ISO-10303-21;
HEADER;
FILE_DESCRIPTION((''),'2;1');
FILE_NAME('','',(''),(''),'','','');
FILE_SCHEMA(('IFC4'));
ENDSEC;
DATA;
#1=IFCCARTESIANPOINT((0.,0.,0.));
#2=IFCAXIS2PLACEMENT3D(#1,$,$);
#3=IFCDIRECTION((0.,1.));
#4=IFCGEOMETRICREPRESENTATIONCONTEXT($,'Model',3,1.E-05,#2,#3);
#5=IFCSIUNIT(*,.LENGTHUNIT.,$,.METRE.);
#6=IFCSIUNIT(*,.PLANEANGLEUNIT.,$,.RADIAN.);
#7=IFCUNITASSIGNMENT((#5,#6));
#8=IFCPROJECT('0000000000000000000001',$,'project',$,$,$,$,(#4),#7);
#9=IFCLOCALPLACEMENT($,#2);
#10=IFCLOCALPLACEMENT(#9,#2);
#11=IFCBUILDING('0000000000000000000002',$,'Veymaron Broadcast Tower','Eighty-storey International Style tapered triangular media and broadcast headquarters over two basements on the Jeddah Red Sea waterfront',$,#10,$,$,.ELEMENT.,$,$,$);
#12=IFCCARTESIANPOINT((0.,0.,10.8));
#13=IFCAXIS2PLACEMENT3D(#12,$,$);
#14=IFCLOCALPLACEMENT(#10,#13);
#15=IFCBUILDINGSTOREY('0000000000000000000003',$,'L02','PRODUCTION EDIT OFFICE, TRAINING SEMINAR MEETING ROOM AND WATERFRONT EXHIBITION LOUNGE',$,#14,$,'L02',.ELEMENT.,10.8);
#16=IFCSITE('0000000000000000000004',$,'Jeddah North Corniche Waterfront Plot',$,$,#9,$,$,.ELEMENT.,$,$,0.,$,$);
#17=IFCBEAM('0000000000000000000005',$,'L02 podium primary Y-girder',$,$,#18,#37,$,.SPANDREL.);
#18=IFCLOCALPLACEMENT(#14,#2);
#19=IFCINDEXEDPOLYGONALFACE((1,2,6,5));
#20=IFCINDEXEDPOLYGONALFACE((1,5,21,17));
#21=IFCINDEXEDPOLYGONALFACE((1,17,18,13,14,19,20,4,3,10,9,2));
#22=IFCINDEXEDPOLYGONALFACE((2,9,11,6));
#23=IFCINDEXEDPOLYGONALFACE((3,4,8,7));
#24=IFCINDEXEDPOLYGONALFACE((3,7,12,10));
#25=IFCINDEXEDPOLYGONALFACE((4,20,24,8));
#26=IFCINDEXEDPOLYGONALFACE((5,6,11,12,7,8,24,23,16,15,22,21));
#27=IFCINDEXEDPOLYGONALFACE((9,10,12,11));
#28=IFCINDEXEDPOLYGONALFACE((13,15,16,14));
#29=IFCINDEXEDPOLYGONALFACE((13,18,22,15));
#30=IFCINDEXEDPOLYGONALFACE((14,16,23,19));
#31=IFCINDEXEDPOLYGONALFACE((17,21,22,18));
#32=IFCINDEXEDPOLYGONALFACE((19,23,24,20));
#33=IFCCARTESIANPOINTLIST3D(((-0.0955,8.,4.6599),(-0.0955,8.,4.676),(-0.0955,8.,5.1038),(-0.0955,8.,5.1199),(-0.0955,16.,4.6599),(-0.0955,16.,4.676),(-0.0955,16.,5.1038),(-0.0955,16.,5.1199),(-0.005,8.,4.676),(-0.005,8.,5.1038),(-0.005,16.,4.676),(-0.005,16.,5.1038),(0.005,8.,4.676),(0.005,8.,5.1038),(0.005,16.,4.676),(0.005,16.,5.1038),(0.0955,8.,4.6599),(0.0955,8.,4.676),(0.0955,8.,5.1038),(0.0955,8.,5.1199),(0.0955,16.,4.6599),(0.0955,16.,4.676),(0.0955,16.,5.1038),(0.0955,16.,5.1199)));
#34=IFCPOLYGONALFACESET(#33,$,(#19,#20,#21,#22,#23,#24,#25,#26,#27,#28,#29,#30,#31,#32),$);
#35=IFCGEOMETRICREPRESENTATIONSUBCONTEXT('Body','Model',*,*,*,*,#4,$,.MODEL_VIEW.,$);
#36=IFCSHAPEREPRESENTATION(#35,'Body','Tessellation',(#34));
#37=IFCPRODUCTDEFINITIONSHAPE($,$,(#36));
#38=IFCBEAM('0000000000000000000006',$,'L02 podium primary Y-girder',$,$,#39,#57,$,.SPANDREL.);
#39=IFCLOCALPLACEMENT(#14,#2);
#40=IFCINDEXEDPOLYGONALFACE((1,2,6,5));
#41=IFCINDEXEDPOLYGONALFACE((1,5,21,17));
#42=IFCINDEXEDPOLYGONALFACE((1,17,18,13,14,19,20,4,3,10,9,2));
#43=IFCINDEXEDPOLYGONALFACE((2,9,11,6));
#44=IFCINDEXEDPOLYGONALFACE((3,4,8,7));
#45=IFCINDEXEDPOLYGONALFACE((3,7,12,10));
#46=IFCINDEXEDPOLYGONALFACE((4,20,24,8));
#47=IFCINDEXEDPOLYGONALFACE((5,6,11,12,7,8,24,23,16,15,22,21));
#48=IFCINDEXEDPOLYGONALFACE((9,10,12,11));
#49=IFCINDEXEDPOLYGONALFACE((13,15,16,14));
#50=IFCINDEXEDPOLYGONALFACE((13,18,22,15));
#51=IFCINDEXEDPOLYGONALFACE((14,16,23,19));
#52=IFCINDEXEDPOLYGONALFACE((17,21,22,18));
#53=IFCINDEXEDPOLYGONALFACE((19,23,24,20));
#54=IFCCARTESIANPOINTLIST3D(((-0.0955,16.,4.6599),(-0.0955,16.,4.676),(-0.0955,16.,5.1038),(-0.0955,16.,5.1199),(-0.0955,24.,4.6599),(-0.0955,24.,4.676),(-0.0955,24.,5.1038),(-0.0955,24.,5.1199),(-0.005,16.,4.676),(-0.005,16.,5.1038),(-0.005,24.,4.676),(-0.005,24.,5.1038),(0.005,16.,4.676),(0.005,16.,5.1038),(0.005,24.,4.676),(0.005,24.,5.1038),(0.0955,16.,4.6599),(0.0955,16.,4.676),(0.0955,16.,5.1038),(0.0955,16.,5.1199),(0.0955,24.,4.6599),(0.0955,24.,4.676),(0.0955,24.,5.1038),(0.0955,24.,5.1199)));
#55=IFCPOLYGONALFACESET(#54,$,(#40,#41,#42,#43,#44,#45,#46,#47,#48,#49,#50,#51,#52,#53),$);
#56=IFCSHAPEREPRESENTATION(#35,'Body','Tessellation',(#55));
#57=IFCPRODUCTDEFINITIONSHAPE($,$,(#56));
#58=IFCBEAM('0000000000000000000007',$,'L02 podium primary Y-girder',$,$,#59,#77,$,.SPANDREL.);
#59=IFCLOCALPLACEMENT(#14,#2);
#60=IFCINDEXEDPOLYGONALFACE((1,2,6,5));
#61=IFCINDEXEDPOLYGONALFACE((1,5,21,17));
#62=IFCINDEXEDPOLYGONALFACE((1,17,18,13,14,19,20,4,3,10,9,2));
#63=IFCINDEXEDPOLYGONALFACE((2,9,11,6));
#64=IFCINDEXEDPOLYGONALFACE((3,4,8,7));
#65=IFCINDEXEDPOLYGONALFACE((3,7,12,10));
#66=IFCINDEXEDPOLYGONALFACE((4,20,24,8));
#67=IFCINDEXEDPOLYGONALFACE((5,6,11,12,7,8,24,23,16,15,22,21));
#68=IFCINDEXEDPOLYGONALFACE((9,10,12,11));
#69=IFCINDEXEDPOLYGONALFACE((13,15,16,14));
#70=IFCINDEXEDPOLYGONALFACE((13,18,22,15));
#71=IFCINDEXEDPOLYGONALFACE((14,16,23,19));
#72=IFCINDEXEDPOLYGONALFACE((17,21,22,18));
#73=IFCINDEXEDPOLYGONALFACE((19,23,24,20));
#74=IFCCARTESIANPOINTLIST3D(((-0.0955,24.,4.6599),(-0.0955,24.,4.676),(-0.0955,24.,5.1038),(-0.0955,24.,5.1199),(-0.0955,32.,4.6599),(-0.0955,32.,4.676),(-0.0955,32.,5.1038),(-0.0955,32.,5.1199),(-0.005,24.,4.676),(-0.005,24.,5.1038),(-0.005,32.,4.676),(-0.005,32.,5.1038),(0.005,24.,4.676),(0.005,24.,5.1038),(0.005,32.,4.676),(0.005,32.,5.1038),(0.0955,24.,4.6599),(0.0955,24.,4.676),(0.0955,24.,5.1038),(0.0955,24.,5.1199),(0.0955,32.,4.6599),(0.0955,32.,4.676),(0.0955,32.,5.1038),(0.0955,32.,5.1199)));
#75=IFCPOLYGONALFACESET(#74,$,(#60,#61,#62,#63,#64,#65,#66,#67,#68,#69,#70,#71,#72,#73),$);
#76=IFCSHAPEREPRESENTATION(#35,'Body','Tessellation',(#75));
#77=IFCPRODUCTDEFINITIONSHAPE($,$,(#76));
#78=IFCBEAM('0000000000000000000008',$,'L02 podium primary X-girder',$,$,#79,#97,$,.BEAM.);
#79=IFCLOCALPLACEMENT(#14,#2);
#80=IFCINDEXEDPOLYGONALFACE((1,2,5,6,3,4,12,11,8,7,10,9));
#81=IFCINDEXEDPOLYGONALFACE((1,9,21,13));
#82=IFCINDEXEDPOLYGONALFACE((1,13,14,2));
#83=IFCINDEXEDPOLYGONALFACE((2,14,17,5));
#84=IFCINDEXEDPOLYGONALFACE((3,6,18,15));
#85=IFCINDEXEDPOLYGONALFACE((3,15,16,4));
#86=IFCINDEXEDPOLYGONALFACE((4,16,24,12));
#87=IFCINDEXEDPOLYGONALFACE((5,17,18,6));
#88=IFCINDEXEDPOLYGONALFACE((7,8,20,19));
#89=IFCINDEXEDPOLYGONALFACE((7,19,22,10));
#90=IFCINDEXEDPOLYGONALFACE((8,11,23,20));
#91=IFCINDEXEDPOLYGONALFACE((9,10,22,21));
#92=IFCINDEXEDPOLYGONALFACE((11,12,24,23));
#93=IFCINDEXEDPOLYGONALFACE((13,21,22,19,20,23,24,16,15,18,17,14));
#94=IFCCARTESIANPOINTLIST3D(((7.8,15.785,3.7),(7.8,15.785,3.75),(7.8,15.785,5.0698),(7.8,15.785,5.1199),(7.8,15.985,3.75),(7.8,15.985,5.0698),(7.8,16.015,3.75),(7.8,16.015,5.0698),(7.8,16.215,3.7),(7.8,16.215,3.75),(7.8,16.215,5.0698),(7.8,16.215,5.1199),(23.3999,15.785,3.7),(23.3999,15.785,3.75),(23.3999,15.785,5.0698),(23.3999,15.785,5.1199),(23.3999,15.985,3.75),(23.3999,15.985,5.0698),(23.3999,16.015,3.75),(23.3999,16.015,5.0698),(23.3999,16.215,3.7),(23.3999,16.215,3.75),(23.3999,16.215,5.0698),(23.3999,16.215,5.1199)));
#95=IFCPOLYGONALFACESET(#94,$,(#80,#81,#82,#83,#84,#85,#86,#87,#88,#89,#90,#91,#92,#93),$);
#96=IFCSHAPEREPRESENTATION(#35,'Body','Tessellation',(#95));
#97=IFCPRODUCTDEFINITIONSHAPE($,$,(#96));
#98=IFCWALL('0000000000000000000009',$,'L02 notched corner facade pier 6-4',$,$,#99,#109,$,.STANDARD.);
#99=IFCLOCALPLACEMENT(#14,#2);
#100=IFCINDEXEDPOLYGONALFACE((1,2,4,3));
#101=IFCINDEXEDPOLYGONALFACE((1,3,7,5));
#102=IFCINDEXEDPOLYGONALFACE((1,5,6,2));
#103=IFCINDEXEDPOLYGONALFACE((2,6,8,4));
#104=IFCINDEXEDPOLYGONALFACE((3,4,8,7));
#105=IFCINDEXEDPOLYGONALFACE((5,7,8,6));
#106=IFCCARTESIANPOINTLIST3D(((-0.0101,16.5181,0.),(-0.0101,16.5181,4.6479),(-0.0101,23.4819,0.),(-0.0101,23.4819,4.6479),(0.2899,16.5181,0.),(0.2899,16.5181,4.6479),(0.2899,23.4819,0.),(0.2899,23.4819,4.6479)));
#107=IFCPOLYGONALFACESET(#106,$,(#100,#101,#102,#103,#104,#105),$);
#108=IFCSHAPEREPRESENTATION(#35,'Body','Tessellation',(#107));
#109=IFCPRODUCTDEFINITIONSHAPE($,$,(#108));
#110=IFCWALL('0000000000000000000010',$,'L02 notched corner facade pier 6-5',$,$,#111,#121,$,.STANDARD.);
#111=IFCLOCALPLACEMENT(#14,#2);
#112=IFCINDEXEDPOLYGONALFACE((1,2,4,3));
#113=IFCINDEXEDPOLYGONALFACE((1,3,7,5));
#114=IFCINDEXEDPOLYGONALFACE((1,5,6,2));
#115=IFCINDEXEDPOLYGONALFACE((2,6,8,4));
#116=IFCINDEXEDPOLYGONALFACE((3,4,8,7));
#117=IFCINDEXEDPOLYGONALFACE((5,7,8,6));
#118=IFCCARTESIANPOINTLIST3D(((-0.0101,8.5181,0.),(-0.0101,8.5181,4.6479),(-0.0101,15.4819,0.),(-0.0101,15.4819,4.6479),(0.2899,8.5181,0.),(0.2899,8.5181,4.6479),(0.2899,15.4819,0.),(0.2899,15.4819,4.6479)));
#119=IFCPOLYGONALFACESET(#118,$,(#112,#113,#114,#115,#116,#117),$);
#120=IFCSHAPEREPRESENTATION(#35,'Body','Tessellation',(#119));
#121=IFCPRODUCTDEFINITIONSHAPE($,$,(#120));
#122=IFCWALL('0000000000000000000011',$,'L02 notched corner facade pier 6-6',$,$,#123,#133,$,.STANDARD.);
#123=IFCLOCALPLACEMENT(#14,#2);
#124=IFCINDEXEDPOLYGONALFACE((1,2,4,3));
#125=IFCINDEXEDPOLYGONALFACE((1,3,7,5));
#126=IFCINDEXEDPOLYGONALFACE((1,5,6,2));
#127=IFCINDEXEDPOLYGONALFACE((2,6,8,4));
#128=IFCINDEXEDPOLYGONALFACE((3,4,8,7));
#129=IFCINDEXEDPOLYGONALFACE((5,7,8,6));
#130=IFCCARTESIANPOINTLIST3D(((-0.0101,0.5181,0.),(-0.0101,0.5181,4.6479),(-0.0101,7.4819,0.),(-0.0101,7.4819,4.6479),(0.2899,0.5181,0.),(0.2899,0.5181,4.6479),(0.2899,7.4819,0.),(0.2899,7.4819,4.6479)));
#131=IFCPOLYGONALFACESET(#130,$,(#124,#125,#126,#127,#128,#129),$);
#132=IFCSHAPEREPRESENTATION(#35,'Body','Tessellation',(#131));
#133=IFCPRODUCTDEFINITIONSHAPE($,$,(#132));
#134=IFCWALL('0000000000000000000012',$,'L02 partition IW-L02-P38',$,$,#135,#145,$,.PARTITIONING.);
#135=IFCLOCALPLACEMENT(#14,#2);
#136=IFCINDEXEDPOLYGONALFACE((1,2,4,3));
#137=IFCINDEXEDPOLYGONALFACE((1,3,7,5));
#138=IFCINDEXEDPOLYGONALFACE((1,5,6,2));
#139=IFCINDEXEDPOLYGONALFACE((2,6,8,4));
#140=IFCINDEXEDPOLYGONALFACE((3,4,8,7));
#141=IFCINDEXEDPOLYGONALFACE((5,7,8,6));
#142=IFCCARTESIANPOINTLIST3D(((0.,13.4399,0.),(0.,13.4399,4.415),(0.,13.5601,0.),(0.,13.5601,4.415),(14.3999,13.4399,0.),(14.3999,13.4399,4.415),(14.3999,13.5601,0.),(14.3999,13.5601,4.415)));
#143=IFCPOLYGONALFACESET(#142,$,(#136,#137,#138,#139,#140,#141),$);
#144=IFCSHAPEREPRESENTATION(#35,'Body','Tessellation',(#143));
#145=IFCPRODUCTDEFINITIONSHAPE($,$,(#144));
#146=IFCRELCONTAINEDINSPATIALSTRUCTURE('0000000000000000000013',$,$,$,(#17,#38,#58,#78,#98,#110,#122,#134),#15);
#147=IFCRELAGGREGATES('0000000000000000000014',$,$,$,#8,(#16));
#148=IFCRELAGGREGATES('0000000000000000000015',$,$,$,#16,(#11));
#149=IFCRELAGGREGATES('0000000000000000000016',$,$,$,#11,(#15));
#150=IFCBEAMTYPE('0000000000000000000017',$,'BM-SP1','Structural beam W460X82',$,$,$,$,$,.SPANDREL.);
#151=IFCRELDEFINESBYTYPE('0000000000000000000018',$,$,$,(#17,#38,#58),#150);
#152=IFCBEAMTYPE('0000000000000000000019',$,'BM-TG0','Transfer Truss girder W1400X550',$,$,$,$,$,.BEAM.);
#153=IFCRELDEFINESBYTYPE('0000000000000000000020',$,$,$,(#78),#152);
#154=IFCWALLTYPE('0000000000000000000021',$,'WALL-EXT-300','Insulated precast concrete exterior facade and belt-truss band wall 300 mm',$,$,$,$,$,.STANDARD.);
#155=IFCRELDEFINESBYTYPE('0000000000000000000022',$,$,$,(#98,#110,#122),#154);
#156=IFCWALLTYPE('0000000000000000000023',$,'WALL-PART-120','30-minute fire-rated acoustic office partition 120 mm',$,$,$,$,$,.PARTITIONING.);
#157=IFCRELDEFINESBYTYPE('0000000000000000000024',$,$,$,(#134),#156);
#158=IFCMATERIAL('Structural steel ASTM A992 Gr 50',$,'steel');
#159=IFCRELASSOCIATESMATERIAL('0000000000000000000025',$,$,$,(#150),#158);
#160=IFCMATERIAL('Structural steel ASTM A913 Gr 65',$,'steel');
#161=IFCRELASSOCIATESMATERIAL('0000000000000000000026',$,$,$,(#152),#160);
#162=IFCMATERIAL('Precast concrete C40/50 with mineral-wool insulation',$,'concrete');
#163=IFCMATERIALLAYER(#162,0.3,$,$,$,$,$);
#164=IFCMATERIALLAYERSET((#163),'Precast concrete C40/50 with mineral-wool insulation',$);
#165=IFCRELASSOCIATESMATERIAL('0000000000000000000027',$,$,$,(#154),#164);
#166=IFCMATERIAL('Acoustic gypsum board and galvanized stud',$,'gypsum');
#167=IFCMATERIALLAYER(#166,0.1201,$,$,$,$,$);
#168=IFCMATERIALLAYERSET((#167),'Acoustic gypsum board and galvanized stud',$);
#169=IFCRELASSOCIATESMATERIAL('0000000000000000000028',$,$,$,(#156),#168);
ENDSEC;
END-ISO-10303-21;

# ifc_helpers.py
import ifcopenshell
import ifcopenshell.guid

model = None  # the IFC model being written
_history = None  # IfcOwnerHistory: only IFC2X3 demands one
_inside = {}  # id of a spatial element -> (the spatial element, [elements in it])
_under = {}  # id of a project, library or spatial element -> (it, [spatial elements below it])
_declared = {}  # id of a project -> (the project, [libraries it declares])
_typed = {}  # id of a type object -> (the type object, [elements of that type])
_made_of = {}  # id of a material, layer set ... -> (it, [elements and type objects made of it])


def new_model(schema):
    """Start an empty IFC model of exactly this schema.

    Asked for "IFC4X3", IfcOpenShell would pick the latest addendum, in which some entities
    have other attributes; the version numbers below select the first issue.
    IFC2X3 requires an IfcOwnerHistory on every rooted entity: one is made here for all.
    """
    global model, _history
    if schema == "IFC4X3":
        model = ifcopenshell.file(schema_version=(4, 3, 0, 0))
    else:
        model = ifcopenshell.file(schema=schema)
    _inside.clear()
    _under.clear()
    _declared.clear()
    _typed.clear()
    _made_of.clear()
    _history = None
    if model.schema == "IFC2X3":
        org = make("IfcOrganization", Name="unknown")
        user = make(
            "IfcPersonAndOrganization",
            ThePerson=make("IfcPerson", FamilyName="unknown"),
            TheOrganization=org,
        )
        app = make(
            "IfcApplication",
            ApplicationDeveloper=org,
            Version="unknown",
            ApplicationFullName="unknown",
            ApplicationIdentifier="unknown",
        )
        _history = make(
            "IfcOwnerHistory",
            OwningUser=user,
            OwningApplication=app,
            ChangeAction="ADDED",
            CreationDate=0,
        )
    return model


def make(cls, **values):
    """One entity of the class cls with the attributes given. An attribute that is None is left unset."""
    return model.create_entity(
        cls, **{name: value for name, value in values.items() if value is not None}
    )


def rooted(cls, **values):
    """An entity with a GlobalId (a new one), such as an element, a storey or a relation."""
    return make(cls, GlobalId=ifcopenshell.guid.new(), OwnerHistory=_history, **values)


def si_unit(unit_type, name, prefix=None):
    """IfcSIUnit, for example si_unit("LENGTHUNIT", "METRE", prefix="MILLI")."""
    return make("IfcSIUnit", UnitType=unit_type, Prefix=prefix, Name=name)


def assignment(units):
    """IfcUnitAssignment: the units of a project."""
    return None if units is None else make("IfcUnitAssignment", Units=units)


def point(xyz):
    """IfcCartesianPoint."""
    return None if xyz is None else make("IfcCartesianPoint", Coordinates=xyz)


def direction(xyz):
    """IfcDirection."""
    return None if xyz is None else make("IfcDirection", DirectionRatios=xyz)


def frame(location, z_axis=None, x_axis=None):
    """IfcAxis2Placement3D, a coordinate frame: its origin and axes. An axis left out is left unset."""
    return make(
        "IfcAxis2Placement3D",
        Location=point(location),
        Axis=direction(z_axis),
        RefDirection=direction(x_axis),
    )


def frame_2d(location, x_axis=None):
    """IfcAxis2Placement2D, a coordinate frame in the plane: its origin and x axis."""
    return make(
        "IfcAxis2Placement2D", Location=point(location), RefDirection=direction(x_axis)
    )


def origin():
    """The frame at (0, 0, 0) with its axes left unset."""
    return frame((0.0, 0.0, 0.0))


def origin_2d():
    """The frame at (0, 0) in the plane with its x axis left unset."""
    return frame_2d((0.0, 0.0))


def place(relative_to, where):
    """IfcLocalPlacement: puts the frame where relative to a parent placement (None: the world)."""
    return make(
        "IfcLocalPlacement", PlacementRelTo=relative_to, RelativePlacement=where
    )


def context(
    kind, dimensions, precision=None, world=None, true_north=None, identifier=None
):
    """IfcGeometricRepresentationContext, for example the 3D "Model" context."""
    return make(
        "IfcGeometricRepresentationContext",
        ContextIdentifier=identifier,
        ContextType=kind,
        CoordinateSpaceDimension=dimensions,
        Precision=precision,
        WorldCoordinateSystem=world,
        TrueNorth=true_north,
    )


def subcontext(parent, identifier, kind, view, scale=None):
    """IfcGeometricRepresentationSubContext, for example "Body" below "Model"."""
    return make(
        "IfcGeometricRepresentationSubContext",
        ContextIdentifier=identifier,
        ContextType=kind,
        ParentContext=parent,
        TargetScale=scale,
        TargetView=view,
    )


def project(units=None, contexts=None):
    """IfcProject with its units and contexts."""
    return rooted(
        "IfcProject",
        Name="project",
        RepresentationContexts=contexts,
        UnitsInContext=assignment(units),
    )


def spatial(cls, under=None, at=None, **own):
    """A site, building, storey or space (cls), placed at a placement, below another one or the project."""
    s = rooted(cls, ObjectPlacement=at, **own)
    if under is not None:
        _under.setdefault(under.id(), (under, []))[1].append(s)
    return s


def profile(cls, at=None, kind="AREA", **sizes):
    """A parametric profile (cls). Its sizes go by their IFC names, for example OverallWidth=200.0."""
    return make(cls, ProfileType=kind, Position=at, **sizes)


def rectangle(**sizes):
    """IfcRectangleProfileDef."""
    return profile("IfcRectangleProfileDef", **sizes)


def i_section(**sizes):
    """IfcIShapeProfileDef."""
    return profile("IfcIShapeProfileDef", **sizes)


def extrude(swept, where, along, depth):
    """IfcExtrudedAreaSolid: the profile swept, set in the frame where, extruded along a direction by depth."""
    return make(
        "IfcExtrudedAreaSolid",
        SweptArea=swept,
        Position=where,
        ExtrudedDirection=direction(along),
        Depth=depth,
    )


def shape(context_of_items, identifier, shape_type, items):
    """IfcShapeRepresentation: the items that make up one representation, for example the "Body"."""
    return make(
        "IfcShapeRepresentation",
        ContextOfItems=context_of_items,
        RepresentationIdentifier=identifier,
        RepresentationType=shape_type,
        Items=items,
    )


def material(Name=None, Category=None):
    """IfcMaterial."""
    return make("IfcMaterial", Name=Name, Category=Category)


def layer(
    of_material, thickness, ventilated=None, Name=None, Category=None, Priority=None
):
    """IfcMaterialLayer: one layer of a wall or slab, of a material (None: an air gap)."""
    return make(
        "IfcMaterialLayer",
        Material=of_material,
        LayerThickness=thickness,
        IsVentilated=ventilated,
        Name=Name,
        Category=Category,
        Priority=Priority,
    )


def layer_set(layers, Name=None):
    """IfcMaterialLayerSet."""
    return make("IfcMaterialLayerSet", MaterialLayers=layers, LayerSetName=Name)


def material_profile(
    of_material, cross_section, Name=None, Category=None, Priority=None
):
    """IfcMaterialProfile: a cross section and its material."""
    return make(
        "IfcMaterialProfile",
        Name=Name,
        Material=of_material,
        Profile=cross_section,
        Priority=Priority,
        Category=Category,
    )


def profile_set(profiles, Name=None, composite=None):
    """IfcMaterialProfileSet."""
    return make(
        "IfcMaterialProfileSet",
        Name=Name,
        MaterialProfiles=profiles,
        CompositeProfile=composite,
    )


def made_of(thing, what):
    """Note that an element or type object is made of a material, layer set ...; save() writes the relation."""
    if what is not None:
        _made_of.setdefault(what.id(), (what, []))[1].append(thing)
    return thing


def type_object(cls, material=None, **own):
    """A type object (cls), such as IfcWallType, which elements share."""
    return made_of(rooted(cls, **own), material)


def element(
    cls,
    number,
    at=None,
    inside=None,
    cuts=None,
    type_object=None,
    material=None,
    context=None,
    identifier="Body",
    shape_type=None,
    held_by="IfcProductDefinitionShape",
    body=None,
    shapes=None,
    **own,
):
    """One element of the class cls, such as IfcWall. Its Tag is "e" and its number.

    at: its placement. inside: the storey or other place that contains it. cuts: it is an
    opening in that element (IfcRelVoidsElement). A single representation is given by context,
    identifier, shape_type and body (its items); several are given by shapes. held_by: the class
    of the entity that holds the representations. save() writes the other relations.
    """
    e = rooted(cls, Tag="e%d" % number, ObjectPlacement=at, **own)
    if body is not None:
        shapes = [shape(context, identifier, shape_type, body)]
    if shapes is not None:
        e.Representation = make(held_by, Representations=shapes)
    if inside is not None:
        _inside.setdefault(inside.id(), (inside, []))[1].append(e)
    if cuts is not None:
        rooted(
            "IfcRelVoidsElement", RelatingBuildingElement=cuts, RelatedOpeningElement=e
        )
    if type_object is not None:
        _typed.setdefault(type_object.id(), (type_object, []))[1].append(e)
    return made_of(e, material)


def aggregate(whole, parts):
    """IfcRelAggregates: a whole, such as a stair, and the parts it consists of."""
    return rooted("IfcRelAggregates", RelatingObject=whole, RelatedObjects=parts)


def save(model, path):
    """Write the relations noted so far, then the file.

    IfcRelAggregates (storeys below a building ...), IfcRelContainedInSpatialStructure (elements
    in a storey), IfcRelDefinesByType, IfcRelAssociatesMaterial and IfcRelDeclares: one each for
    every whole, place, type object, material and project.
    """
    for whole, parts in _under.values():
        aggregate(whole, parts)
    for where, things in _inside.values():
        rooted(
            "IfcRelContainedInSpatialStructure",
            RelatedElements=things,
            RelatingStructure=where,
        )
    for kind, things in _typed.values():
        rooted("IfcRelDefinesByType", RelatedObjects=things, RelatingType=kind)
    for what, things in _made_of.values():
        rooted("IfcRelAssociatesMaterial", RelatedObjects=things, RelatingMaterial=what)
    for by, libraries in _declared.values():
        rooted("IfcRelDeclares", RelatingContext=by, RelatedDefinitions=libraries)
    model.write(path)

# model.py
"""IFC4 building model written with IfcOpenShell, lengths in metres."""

from ifc_helpers import new_model, si_unit, direction, frame, frame_2d, origin, origin_2d, place, context, subcontext, project, spatial, rectangle, i_section, extrude, material, layer, layer_set, material_profile, profile_set, type_object, element, save


model = new_model("IFC4")

# Units and contexts
model_context = context("Model", 3, precision=1e-05, world=origin(), true_north=direction((0.0, 1.0)))
body_context = subcontext(model_context, "Body", "Model", "MODEL_VIEW")
ifc_project = project(units=[si_unit("LENGTHUNIT", "METRE"), si_unit("PLANEANGLEUNIT", "RADIAN")], contexts=[model_context])

# Site, building, storey
site_placement = place(None, origin())
site = spatial("IfcSite", under=ifc_project, at=site_placement, Name="Jeddah North Corniche Waterfront Plot", CompositionType="ELEMENT", RefElevation=0.0)
building_placement = place(site_placement, origin())
building = spatial("IfcBuilding", under=site, at=building_placement, Name="Veymaron Broadcast Tower", Description="Eighty-storey International Style tapered triangular media and broadcast headquarters over two basements on the Jeddah Red Sea waterfront", CompositionType="ELEMENT")
storey_placement = place(building_placement, frame((0.0, 0.0, 10.8)))
storey = spatial("IfcBuildingStorey", under=building, at=storey_placement, Name="L02", Description="PRODUCTION EDIT OFFICE, TRAINING SEMINAR MEETING ROOM AND WATERFRONT EXHIBITION LOUNGE", LongName="L02", CompositionType="ELEMENT", Elevation=10.8)

# Shared definitions
ifc_material_1 = material(Name="Structural steel ASTM A913 Gr 65", Category="steel")

# Beams
ifc_material_2 = material(Name="Structural steel ASTM A992 Gr 50", Category="steel")
ifc_material_profile_1 = material_profile(ifc_material_2, i_section(OverallWidth=0.1909, OverallDepth=0.46, WebThickness=0.01, FlangeThickness=0.0161, at=origin_2d()), Name="W460X82")
ifc_profile_set_1 = profile_set([ifc_material_profile_1], Name="Structural steel ASTM A992 Gr 50")
beam_type_1 = type_object("IfcBeamType", Name="BM-SP1", Description="Structural beam W460X82", PredefinedType="SPANDREL", material=ifc_profile_set_1)
for number, where, z_axis, x_axis, name in (
    (1, (0.0, 8.0, 4.8899), (0.0, 1.0, 0.0), (-1.0, 0.0, 0.0), "L02 podium primary Y-girder"),
    (2, (0.0, 16.0, 4.8899), (0.0, 1.0, 0.0), (-1.0, 0.0, 0.0), "L02 podium primary Y-girder"),
    (3, (0.0, 24.0, 4.8899), (0.0, 1.0, 0.0), (-1.0, 0.0, 0.0), "L02 podium primary Y-girder"),
):
    element("IfcBeam", number, at=place(storey_placement, frame(where, z_axis=z_axis, x_axis=x_axis)), inside=storey, type_object=beam_type_1, Name=name, PredefinedType="SPANDREL", context=body_context, shape_type="SweptSolid", body=[
        extrude(i_section(OverallWidth=0.1909, OverallDepth=0.46, WebThickness=0.01, FlangeThickness=0.0161, at=origin_2d()), origin(), (0.0, 0.0, 1.0), 8.0),
    ])
ifc_material_profile_2 = material_profile(ifc_material_1, i_section(OverallWidth=0.4299, OverallDepth=1.4199, WebThickness=0.03, FlangeThickness=0.05, at=origin_2d()), Name="W1400X550")
ifc_profile_set_2 = profile_set([ifc_material_profile_2], Name="Structural steel ASTM A913 Gr 65")
beam_type_2 = type_object("IfcBeamType", Name="BM-TG0", Description="Transfer Truss girder W1400X550", PredefinedType="BEAM", material=ifc_profile_set_2)
beam_1_placement = place(storey_placement, frame((7.8, 16.0, 4.4099), z_axis=(1.0, 0.0, 0.0), x_axis=(0.0, 1.0, 0.0)))
element("IfcBeam", 4, at=beam_1_placement, inside=storey, type_object=beam_type_2, Name="L02 podium primary X-girder", PredefinedType="BEAM", context=body_context, shape_type="SweptSolid", body=[
    extrude(i_section(OverallWidth=0.4299, OverallDepth=1.4199, WebThickness=0.03, FlangeThickness=0.05, at=origin_2d()), origin(), (0.0, 0.0, 1.0), 15.5999),
])

# Walls
ifc_material_3 = material(Name="Precast concrete C40/50 with mineral-wool insulation", Category="concrete")
ifc_layer_1 = layer(ifc_material_3, 0.3)
ifc_layer_set_1 = layer_set([ifc_layer_1], Name="Precast concrete C40/50 with mineral-wool insulation")
wall_type_1 = type_object("IfcWallType", Name="WALL-EXT-300", Description="Insulated precast concrete exterior facade and belt-truss band wall 300 mm", PredefinedType="STANDARD", material=ifc_layer_set_1)
for number, where, z_axis, x_axis, name in (
    (5, (0.1399, 23.4819, 0.0), (0.0, 0.0, 1.0), (0.0, -1.0, 0.0), "L02 notched corner facade pier 6-4"),
    (6, (0.1399, 15.4819, 0.0), (0.0, 0.0, 1.0), (0.0, -1.0, 0.0), "L02 notched corner facade pier 6-5"),
    (7, (0.1399, 7.4819, 0.0), (0.0, 0.0, 1.0), (0.0, -1.0, 0.0), "L02 notched corner facade pier 6-6"),
):
    element("IfcWall", number, at=place(storey_placement, frame(where, z_axis=z_axis, x_axis=x_axis)), inside=storey, type_object=wall_type_1, Name=name, PredefinedType="STANDARD", context=body_context, shape_type="SweptSolid", body=[
        extrude(rectangle(XDim=6.9639, YDim=0.3, at=frame_2d((3.4819, 0.0))), origin(), (0.0, 0.0, 1.0), 4.6479),
    ])
ifc_material_4 = material(Name="Acoustic gypsum board and galvanized stud", Category="gypsum")
ifc_layer_2 = layer(ifc_material_4, 0.1201)
ifc_layer_set_2 = layer_set([ifc_layer_2], Name="Acoustic gypsum board and galvanized stud")
wall_type_2 = type_object("IfcWallType", Name="WALL-PART-120", Description="30-minute fire-rated acoustic office partition 120 mm", PredefinedType="PARTITIONING", material=ifc_layer_set_2)
wall_placement = place(storey_placement, frame((0.0, 13.5, 0.0), z_axis=(0.0, 0.0, 1.0), x_axis=(1.0, 0.0, 0.0)))
element("IfcWall", 8, at=wall_placement, inside=storey, type_object=wall_type_2, Name="L02 partition IW-L02-P38", PredefinedType="PARTITIONING", context=body_context, shape_type="SweptSolid", body=[
    extrude(rectangle(XDim=14.3999, YDim=0.1201, at=frame_2d((7.2, 0.0))), origin(), (0.0, 0.0, 1.0), 4.415),
])

save(model, "model.ifc")
